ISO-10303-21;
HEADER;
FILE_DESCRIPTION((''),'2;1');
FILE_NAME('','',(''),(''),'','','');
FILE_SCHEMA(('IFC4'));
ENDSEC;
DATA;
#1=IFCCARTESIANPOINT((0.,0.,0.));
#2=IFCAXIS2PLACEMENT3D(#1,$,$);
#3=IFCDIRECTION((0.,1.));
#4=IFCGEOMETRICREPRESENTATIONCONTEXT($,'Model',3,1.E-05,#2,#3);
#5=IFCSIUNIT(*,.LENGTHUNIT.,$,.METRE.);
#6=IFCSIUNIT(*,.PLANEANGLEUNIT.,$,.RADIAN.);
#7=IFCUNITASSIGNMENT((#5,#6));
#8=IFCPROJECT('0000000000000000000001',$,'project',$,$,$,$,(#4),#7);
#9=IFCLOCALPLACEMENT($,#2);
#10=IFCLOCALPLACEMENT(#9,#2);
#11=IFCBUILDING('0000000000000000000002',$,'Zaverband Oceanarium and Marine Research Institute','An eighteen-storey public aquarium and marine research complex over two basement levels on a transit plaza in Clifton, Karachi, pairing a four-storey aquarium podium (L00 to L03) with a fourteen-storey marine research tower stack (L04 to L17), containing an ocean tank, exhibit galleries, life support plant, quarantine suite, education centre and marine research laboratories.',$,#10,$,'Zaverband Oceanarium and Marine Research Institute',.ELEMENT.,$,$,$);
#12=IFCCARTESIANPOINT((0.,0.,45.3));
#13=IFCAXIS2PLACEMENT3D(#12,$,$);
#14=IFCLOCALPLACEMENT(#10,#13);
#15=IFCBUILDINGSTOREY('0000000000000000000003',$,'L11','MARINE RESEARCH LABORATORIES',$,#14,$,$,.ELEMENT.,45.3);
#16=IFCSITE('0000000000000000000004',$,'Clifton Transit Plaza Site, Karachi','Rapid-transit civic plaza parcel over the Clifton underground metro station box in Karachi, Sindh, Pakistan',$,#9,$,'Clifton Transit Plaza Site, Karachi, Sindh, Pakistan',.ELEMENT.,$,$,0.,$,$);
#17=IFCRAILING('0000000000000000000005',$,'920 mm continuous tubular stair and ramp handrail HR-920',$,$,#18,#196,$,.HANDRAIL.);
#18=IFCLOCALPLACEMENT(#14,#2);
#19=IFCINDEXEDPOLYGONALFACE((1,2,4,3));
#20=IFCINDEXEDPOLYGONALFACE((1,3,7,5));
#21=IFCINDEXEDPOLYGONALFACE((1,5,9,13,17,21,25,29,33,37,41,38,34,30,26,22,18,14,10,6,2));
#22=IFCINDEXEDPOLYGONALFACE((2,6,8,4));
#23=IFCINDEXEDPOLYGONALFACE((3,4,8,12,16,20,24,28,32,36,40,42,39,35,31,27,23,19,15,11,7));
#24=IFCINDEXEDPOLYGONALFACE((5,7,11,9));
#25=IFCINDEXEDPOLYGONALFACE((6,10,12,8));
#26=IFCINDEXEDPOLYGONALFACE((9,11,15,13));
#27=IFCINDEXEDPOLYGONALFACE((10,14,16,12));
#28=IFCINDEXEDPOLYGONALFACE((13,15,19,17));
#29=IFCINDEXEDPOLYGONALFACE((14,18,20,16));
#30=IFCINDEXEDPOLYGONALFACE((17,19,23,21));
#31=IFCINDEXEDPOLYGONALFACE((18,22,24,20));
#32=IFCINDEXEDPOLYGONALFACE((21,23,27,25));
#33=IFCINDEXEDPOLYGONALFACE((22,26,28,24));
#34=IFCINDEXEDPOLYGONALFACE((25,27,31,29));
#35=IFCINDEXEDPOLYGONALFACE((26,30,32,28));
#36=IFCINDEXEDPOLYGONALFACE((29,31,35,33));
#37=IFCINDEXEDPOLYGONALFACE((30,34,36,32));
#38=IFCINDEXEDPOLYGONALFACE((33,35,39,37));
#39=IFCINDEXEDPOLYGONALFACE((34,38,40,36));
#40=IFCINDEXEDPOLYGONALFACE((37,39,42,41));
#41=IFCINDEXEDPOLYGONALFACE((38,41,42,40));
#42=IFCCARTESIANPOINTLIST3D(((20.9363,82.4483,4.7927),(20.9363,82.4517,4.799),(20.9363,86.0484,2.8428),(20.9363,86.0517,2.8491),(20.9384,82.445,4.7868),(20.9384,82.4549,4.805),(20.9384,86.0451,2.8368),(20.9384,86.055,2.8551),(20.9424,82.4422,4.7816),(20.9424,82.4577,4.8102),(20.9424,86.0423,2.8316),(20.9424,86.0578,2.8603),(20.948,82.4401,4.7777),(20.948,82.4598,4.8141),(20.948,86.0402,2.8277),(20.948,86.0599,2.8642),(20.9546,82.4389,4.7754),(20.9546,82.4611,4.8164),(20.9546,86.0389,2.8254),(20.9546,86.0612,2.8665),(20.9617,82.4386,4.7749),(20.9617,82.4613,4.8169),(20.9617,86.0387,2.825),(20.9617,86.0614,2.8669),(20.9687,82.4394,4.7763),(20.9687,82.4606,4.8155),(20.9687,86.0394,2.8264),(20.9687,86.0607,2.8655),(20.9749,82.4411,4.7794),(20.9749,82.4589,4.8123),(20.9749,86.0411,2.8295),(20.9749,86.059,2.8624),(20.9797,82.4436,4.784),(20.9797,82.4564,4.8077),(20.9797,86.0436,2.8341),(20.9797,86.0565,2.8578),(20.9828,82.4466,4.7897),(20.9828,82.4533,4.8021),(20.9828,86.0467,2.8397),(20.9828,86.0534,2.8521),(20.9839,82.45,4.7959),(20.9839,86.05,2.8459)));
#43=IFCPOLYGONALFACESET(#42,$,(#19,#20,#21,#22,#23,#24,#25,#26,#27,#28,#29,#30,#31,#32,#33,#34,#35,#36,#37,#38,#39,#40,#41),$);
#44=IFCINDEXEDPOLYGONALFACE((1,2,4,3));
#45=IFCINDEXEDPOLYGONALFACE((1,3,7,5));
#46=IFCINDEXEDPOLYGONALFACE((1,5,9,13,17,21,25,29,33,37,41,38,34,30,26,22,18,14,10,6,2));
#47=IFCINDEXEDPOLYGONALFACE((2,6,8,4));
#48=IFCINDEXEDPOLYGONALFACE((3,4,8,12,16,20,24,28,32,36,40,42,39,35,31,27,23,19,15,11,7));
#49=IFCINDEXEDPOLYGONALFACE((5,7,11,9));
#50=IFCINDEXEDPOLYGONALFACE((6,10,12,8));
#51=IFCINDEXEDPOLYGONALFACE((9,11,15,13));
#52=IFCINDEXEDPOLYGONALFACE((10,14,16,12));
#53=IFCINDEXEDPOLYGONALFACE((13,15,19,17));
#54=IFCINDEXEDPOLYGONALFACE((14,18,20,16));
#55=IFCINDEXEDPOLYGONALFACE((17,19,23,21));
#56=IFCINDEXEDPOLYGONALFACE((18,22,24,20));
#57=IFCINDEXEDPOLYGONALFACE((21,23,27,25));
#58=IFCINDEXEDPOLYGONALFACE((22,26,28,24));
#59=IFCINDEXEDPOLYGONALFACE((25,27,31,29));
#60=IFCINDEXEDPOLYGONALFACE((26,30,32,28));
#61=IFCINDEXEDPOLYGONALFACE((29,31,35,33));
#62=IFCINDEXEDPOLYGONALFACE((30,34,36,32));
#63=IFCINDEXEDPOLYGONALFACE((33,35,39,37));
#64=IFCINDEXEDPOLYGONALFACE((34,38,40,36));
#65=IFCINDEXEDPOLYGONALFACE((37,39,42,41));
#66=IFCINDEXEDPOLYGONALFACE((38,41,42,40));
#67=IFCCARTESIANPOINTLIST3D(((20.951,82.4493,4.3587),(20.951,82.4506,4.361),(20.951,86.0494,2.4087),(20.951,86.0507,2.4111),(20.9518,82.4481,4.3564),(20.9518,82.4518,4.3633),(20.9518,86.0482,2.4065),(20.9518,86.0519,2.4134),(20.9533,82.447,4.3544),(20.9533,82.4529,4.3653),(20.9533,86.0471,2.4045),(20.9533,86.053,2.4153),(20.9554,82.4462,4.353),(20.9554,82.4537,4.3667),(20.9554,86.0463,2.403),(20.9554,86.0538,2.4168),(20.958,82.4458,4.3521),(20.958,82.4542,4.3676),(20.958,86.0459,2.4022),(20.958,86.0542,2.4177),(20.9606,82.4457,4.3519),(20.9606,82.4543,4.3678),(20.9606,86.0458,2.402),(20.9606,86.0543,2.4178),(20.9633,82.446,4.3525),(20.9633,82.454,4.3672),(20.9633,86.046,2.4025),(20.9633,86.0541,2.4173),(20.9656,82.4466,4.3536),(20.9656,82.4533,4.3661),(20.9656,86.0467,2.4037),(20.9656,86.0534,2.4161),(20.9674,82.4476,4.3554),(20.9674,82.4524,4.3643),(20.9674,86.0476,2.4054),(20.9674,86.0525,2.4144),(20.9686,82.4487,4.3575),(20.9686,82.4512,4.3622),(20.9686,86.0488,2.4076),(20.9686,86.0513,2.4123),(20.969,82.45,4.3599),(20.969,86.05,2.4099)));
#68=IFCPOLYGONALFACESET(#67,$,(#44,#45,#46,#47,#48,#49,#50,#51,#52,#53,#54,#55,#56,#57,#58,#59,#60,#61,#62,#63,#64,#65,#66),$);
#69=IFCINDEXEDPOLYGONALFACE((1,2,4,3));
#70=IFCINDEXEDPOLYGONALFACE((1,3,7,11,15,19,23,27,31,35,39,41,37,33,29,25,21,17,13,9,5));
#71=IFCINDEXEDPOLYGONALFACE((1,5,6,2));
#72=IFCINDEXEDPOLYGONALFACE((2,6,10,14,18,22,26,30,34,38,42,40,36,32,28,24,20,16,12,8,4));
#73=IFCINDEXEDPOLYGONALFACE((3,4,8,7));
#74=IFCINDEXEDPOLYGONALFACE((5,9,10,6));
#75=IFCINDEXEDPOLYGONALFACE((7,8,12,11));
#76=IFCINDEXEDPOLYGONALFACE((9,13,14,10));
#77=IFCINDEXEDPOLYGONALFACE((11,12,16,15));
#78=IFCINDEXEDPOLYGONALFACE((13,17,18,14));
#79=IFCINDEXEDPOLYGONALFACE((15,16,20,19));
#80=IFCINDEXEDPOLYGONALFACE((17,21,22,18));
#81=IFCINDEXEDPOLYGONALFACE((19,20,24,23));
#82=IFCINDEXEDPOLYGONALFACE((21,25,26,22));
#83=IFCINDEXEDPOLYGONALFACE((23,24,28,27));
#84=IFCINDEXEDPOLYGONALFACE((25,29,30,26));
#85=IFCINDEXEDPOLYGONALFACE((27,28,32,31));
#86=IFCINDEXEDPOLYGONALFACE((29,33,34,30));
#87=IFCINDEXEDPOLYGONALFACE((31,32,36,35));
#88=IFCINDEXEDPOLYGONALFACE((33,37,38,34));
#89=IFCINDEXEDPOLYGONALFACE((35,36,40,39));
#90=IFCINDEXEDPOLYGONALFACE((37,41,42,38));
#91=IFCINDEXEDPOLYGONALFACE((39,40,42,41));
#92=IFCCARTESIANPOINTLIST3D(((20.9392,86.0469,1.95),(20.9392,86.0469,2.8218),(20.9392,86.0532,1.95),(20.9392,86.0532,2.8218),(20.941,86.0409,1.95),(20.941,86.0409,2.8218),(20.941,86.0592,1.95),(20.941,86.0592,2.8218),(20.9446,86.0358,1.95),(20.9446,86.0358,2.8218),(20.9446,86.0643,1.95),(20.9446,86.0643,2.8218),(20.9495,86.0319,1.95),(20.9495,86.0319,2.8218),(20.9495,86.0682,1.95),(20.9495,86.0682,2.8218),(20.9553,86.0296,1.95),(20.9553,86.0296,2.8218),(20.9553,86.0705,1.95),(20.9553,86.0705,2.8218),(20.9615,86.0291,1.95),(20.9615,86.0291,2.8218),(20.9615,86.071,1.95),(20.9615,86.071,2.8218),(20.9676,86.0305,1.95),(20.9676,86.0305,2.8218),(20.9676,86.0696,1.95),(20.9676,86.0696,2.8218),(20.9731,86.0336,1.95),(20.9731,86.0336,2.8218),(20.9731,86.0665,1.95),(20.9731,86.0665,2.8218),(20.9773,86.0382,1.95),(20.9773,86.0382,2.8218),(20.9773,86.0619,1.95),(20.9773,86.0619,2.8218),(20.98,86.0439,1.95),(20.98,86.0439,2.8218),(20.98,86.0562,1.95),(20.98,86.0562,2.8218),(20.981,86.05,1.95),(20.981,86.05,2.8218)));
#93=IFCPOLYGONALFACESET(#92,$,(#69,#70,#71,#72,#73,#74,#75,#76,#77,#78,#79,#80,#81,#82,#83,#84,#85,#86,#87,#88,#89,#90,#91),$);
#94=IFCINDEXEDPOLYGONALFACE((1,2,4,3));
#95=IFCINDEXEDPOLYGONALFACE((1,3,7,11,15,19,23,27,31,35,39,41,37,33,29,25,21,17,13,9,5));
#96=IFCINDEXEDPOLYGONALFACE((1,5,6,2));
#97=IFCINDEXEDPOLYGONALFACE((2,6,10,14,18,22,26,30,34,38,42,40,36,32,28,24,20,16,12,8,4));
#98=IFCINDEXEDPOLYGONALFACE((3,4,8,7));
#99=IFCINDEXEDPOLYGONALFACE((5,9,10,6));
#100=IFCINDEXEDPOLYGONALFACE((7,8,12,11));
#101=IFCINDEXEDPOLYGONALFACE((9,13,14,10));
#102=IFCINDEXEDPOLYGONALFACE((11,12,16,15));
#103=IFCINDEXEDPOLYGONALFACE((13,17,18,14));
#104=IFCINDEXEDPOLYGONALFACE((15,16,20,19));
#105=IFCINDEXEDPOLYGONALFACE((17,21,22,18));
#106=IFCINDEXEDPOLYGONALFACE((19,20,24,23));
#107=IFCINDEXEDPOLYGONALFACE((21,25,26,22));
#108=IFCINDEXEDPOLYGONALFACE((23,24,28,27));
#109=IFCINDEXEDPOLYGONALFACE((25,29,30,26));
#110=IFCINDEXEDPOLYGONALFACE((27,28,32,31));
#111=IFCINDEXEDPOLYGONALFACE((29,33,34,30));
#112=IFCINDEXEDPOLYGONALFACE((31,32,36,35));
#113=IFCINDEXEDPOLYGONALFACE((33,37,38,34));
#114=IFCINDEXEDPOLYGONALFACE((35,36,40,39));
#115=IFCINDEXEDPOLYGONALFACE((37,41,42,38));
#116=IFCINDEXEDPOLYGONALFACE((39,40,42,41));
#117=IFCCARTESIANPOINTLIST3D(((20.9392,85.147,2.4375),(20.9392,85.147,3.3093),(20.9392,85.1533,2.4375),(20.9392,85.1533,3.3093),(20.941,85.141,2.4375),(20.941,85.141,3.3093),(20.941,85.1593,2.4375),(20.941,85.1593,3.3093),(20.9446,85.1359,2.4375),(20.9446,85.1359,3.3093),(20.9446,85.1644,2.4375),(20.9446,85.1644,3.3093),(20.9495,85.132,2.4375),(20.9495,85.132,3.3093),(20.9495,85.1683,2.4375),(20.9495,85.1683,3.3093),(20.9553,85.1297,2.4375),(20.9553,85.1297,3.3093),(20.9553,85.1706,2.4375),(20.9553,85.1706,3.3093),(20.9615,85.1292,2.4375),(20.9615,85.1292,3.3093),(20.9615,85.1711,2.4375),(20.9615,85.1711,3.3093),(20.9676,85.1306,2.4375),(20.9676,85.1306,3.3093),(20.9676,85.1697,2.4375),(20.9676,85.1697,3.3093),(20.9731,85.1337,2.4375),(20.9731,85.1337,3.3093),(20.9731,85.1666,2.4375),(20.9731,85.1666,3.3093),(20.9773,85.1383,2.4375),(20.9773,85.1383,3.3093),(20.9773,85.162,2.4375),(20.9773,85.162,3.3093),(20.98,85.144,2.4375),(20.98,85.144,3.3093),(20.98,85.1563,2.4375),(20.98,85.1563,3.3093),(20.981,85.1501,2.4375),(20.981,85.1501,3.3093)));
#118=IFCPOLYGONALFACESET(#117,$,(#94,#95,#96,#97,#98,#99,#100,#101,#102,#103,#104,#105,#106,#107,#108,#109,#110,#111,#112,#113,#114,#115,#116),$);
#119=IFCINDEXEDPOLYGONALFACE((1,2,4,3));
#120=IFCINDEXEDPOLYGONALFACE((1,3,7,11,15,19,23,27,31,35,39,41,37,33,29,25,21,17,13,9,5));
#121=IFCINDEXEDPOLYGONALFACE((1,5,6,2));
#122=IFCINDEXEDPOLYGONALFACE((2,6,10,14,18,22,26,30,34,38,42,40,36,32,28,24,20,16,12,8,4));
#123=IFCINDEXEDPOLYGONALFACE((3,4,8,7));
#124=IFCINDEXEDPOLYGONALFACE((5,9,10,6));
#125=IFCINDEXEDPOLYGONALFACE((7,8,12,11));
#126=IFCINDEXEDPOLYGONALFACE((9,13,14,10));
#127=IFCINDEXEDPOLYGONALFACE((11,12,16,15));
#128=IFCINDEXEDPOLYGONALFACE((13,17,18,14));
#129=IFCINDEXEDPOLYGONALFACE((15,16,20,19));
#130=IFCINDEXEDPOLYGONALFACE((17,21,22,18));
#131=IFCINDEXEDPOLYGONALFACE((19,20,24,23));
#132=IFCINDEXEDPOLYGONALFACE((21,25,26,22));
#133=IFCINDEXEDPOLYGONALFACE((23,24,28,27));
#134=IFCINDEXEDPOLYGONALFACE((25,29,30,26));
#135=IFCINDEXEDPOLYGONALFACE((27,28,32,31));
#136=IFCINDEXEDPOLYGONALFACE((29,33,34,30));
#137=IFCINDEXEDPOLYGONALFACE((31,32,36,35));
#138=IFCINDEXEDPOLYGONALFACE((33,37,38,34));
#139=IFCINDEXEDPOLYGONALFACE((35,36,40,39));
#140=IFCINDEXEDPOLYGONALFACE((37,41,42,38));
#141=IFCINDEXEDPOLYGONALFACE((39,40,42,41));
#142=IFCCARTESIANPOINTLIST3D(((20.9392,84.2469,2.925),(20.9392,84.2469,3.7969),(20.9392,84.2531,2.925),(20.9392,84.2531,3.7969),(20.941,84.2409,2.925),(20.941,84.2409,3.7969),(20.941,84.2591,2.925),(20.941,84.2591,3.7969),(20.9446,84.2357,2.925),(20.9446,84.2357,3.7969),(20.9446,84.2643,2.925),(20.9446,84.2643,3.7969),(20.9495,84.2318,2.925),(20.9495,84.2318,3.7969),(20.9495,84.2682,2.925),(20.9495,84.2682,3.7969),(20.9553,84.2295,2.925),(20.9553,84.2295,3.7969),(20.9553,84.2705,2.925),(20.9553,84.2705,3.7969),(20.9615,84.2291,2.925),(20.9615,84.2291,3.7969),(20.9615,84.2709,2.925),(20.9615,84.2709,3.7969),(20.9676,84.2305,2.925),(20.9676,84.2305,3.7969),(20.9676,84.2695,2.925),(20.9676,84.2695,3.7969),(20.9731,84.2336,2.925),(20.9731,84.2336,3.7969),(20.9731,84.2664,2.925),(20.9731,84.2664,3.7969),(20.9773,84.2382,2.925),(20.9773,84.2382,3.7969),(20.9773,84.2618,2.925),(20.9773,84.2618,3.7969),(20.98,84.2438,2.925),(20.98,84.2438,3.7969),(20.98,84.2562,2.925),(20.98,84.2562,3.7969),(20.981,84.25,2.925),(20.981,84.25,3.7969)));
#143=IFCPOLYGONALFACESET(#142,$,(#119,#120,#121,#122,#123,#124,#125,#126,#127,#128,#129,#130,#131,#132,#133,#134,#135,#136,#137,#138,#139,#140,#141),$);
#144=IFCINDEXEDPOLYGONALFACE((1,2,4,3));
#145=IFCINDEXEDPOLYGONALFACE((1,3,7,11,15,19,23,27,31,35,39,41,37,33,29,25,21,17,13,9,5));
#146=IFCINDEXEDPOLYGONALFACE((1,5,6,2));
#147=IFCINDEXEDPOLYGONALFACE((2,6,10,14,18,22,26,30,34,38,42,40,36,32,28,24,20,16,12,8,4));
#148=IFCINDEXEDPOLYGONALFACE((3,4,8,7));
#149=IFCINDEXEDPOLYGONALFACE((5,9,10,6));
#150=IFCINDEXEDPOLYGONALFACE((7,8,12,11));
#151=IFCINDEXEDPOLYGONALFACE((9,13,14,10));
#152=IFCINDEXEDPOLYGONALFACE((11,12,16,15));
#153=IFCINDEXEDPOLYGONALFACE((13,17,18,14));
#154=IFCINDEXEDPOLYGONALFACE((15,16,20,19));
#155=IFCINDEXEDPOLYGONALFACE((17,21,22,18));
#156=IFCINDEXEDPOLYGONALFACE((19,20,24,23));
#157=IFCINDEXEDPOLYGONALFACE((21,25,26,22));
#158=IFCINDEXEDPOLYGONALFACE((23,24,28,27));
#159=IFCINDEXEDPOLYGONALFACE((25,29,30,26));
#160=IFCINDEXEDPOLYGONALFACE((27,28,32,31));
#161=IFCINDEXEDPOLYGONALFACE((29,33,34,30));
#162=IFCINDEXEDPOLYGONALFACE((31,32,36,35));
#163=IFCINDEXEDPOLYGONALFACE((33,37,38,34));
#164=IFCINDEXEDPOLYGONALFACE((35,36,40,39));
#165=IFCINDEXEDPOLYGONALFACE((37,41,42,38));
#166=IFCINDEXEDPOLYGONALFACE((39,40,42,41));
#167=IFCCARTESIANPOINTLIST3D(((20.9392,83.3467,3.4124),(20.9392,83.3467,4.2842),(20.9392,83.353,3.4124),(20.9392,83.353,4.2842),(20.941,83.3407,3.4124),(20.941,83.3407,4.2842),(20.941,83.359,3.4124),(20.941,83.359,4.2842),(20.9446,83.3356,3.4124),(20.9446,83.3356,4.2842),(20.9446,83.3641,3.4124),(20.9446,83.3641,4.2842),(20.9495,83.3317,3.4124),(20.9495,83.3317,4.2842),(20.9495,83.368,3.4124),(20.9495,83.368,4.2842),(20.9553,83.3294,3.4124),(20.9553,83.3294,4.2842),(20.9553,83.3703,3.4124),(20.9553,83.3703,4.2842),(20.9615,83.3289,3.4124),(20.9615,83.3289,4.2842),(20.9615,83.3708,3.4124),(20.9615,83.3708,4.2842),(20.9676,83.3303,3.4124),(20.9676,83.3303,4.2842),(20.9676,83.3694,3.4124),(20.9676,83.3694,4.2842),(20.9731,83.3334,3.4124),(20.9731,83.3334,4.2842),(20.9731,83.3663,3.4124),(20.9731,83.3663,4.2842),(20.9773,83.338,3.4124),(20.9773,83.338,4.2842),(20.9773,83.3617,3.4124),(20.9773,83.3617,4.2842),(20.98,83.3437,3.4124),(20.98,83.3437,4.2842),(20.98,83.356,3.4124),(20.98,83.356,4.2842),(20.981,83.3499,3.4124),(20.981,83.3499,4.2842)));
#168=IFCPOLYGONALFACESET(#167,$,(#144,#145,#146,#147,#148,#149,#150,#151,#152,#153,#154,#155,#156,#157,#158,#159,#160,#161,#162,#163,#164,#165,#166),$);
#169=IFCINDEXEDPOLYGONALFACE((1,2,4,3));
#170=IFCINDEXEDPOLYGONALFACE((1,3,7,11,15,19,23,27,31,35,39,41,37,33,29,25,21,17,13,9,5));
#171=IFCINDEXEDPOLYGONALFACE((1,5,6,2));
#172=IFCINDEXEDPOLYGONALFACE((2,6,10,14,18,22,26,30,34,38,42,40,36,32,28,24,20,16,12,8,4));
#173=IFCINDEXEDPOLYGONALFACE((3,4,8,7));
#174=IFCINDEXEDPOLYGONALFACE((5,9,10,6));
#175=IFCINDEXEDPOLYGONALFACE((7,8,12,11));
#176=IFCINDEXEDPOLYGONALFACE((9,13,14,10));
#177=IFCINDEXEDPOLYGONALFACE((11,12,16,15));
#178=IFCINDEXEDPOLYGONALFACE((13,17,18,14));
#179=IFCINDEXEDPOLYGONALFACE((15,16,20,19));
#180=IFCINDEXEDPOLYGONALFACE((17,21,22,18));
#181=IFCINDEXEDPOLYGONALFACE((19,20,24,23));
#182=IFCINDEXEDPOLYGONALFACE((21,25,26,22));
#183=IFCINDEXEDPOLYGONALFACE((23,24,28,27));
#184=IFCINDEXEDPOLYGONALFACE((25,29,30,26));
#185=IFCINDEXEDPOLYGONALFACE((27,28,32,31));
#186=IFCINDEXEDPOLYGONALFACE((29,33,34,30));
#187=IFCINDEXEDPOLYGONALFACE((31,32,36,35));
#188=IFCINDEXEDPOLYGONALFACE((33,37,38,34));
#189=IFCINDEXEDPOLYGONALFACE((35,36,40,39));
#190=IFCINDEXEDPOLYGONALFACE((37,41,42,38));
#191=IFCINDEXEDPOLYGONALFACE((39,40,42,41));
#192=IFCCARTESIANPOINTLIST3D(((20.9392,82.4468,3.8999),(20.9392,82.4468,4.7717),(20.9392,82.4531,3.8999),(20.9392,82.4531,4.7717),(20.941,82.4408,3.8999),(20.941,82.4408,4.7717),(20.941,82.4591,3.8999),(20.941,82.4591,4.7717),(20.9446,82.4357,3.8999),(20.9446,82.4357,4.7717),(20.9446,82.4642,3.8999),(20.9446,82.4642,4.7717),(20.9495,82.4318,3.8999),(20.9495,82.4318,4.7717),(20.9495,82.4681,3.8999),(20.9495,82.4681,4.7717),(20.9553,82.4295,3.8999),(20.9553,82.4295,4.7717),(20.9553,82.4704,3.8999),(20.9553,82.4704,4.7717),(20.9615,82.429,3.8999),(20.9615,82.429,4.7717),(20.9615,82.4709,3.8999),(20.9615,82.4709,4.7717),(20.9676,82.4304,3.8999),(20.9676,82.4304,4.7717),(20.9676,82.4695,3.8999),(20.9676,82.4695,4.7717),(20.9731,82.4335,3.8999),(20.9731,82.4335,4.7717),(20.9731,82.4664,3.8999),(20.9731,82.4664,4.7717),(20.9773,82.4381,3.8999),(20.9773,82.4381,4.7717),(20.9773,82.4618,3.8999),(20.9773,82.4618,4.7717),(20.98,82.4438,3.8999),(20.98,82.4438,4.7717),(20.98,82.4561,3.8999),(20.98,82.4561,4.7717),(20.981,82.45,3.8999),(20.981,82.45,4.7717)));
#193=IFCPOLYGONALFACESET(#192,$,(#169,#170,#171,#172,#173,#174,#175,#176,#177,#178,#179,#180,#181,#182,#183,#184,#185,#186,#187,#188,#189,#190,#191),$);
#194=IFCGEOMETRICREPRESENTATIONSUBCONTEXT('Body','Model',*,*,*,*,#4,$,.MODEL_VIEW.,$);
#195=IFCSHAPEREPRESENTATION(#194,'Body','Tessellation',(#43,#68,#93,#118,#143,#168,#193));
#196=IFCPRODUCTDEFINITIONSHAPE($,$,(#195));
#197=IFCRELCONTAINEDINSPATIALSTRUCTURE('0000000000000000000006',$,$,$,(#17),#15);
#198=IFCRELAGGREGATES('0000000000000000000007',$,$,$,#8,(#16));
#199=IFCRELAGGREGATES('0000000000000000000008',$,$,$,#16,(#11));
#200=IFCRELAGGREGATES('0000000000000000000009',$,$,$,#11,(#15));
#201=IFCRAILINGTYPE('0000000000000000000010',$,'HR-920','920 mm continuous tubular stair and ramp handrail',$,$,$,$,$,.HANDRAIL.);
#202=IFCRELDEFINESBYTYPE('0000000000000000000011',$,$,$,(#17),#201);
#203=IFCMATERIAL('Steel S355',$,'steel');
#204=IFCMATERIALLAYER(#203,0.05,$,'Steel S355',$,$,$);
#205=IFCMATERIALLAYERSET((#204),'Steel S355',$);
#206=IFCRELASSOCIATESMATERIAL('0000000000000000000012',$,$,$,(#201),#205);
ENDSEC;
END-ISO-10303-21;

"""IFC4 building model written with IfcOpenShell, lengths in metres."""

from ifc_helpers import new_model, si_unit, direction, frame, origin, origin_2d, place, context, subcontext, project, spatial, circle, extrude, material, layer, layer_set, type_object, element, save


model = new_model("IFC4")

# Units and contexts
model_context = context("Model", 3, precision=1e-05, world=origin(), true_north=direction((0.0, 1.0)))
body_context = subcontext(model_context, "Body", "Model", "MODEL_VIEW")
ifc_project = project(units=[si_unit("LENGTHUNIT", "METRE"), si_unit("PLANEANGLEUNIT", "RADIAN")], contexts=[model_context])

# Site, building, storey
site_placement = place(None, origin())
site = spatial("IfcSite", under=ifc_project, at=site_placement, Name="Clifton Transit Plaza Site, Karachi", Description="Rapid-transit civic plaza parcel over the Clifton underground metro station box in Karachi, Sindh, Pakistan", LongName="Clifton Transit Plaza Site, Karachi, Sindh, Pakistan", CompositionType="ELEMENT", RefElevation=0.0)
building_placement = place(site_placement, origin())
building = spatial("IfcBuilding", under=site, at=building_placement, Name="Zaverband Oceanarium and Marine Research Institute", Description="An eighteen-storey public aquarium and marine research complex over two basement levels on a transit plaza in Clifton, Karachi, pairing a four-storey aquarium podium (L00 to L03) with a fourteen-storey marine research tower stack (L04 to L17), containing an ocean tank, exhibit galleries, life support plant, quarantine suite, education centre and marine research laboratories.", LongName="Zaverband Oceanarium and Marine Research Institute", CompositionType="ELEMENT")
storey_placement = place(building_placement, frame((0.0, 0.0, 45.3)))
storey = spatial("IfcBuildingStorey", under=building, at=storey_placement, Name="L11", Description="MARINE RESEARCH LABORATORIES", CompositionType="ELEMENT", Elevation=45.3)

# Shared definitions
ifc_material_1 = material(Name="Steel S355", Category="steel")

# Railing
ifc_layer_1 = layer(ifc_material_1, 0.05, Name="Steel S355")
ifc_layer_set_1 = layer_set([ifc_layer_1], Name="Steel S355")
railing_type_1 = type_object("IfcRailingType", Name="HR-920", Description="920 mm continuous tubular stair and ramp handrail", PredefinedType="HANDRAIL", material=ifc_layer_set_1)
railing_1_placement = place(storey_placement, frame((20.96, 86.05, 1.95)))
element("IfcRailing", 1, at=railing_1_placement, inside=storey, type_object=railing_type_1, Name="920 mm continuous tubular stair and ramp handrail HR-920", PredefinedType="HANDRAIL", context=body_context, shape_type="SweptSolid", body=[
    extrude(circle(Radius=0.0239, at=origin_2d()), frame((0.0, 0.0, 0.896), z_axis=(0.0, -0.879302, 0.476264), x_axis=(1.0, 0.0, 0.0)), (0.0, 0.0, 1.0), 4.0942),
    extrude(circle(Radius=0.009, at=origin_2d()), frame((0.0, 0.0, 0.46), z_axis=(0.0, -0.879302, 0.476264), x_axis=(1.0, 0.0, 0.0)), (0.0, 0.0, 1.0), 4.0942),
    extrude(circle(Radius=0.021, at=origin_2d()), origin(), (0.0, 0.0, 1.0), 0.8718),
    extrude(circle(Radius=0.021, at=origin_2d()), frame((0.0, -0.8999, 0.4875)), (0.0, 0.0, 1.0), 0.8718),
    extrude(circle(Radius=0.021, at=origin_2d()), frame((0.0, -1.8, 0.9751)), (0.0, 0.0, 1.0), 0.8718),
    extrude(circle(Radius=0.021, at=origin_2d()), frame((0.0, -2.7002, 1.4624)), (0.0, 0.0, 1.0), 0.8718),
    extrude(circle(Radius=0.021, at=origin_2d()), frame((0.0, -3.6001, 1.95)), (0.0, 0.0, 1.0), 0.8718),
])

save(model, "model.ifc")
